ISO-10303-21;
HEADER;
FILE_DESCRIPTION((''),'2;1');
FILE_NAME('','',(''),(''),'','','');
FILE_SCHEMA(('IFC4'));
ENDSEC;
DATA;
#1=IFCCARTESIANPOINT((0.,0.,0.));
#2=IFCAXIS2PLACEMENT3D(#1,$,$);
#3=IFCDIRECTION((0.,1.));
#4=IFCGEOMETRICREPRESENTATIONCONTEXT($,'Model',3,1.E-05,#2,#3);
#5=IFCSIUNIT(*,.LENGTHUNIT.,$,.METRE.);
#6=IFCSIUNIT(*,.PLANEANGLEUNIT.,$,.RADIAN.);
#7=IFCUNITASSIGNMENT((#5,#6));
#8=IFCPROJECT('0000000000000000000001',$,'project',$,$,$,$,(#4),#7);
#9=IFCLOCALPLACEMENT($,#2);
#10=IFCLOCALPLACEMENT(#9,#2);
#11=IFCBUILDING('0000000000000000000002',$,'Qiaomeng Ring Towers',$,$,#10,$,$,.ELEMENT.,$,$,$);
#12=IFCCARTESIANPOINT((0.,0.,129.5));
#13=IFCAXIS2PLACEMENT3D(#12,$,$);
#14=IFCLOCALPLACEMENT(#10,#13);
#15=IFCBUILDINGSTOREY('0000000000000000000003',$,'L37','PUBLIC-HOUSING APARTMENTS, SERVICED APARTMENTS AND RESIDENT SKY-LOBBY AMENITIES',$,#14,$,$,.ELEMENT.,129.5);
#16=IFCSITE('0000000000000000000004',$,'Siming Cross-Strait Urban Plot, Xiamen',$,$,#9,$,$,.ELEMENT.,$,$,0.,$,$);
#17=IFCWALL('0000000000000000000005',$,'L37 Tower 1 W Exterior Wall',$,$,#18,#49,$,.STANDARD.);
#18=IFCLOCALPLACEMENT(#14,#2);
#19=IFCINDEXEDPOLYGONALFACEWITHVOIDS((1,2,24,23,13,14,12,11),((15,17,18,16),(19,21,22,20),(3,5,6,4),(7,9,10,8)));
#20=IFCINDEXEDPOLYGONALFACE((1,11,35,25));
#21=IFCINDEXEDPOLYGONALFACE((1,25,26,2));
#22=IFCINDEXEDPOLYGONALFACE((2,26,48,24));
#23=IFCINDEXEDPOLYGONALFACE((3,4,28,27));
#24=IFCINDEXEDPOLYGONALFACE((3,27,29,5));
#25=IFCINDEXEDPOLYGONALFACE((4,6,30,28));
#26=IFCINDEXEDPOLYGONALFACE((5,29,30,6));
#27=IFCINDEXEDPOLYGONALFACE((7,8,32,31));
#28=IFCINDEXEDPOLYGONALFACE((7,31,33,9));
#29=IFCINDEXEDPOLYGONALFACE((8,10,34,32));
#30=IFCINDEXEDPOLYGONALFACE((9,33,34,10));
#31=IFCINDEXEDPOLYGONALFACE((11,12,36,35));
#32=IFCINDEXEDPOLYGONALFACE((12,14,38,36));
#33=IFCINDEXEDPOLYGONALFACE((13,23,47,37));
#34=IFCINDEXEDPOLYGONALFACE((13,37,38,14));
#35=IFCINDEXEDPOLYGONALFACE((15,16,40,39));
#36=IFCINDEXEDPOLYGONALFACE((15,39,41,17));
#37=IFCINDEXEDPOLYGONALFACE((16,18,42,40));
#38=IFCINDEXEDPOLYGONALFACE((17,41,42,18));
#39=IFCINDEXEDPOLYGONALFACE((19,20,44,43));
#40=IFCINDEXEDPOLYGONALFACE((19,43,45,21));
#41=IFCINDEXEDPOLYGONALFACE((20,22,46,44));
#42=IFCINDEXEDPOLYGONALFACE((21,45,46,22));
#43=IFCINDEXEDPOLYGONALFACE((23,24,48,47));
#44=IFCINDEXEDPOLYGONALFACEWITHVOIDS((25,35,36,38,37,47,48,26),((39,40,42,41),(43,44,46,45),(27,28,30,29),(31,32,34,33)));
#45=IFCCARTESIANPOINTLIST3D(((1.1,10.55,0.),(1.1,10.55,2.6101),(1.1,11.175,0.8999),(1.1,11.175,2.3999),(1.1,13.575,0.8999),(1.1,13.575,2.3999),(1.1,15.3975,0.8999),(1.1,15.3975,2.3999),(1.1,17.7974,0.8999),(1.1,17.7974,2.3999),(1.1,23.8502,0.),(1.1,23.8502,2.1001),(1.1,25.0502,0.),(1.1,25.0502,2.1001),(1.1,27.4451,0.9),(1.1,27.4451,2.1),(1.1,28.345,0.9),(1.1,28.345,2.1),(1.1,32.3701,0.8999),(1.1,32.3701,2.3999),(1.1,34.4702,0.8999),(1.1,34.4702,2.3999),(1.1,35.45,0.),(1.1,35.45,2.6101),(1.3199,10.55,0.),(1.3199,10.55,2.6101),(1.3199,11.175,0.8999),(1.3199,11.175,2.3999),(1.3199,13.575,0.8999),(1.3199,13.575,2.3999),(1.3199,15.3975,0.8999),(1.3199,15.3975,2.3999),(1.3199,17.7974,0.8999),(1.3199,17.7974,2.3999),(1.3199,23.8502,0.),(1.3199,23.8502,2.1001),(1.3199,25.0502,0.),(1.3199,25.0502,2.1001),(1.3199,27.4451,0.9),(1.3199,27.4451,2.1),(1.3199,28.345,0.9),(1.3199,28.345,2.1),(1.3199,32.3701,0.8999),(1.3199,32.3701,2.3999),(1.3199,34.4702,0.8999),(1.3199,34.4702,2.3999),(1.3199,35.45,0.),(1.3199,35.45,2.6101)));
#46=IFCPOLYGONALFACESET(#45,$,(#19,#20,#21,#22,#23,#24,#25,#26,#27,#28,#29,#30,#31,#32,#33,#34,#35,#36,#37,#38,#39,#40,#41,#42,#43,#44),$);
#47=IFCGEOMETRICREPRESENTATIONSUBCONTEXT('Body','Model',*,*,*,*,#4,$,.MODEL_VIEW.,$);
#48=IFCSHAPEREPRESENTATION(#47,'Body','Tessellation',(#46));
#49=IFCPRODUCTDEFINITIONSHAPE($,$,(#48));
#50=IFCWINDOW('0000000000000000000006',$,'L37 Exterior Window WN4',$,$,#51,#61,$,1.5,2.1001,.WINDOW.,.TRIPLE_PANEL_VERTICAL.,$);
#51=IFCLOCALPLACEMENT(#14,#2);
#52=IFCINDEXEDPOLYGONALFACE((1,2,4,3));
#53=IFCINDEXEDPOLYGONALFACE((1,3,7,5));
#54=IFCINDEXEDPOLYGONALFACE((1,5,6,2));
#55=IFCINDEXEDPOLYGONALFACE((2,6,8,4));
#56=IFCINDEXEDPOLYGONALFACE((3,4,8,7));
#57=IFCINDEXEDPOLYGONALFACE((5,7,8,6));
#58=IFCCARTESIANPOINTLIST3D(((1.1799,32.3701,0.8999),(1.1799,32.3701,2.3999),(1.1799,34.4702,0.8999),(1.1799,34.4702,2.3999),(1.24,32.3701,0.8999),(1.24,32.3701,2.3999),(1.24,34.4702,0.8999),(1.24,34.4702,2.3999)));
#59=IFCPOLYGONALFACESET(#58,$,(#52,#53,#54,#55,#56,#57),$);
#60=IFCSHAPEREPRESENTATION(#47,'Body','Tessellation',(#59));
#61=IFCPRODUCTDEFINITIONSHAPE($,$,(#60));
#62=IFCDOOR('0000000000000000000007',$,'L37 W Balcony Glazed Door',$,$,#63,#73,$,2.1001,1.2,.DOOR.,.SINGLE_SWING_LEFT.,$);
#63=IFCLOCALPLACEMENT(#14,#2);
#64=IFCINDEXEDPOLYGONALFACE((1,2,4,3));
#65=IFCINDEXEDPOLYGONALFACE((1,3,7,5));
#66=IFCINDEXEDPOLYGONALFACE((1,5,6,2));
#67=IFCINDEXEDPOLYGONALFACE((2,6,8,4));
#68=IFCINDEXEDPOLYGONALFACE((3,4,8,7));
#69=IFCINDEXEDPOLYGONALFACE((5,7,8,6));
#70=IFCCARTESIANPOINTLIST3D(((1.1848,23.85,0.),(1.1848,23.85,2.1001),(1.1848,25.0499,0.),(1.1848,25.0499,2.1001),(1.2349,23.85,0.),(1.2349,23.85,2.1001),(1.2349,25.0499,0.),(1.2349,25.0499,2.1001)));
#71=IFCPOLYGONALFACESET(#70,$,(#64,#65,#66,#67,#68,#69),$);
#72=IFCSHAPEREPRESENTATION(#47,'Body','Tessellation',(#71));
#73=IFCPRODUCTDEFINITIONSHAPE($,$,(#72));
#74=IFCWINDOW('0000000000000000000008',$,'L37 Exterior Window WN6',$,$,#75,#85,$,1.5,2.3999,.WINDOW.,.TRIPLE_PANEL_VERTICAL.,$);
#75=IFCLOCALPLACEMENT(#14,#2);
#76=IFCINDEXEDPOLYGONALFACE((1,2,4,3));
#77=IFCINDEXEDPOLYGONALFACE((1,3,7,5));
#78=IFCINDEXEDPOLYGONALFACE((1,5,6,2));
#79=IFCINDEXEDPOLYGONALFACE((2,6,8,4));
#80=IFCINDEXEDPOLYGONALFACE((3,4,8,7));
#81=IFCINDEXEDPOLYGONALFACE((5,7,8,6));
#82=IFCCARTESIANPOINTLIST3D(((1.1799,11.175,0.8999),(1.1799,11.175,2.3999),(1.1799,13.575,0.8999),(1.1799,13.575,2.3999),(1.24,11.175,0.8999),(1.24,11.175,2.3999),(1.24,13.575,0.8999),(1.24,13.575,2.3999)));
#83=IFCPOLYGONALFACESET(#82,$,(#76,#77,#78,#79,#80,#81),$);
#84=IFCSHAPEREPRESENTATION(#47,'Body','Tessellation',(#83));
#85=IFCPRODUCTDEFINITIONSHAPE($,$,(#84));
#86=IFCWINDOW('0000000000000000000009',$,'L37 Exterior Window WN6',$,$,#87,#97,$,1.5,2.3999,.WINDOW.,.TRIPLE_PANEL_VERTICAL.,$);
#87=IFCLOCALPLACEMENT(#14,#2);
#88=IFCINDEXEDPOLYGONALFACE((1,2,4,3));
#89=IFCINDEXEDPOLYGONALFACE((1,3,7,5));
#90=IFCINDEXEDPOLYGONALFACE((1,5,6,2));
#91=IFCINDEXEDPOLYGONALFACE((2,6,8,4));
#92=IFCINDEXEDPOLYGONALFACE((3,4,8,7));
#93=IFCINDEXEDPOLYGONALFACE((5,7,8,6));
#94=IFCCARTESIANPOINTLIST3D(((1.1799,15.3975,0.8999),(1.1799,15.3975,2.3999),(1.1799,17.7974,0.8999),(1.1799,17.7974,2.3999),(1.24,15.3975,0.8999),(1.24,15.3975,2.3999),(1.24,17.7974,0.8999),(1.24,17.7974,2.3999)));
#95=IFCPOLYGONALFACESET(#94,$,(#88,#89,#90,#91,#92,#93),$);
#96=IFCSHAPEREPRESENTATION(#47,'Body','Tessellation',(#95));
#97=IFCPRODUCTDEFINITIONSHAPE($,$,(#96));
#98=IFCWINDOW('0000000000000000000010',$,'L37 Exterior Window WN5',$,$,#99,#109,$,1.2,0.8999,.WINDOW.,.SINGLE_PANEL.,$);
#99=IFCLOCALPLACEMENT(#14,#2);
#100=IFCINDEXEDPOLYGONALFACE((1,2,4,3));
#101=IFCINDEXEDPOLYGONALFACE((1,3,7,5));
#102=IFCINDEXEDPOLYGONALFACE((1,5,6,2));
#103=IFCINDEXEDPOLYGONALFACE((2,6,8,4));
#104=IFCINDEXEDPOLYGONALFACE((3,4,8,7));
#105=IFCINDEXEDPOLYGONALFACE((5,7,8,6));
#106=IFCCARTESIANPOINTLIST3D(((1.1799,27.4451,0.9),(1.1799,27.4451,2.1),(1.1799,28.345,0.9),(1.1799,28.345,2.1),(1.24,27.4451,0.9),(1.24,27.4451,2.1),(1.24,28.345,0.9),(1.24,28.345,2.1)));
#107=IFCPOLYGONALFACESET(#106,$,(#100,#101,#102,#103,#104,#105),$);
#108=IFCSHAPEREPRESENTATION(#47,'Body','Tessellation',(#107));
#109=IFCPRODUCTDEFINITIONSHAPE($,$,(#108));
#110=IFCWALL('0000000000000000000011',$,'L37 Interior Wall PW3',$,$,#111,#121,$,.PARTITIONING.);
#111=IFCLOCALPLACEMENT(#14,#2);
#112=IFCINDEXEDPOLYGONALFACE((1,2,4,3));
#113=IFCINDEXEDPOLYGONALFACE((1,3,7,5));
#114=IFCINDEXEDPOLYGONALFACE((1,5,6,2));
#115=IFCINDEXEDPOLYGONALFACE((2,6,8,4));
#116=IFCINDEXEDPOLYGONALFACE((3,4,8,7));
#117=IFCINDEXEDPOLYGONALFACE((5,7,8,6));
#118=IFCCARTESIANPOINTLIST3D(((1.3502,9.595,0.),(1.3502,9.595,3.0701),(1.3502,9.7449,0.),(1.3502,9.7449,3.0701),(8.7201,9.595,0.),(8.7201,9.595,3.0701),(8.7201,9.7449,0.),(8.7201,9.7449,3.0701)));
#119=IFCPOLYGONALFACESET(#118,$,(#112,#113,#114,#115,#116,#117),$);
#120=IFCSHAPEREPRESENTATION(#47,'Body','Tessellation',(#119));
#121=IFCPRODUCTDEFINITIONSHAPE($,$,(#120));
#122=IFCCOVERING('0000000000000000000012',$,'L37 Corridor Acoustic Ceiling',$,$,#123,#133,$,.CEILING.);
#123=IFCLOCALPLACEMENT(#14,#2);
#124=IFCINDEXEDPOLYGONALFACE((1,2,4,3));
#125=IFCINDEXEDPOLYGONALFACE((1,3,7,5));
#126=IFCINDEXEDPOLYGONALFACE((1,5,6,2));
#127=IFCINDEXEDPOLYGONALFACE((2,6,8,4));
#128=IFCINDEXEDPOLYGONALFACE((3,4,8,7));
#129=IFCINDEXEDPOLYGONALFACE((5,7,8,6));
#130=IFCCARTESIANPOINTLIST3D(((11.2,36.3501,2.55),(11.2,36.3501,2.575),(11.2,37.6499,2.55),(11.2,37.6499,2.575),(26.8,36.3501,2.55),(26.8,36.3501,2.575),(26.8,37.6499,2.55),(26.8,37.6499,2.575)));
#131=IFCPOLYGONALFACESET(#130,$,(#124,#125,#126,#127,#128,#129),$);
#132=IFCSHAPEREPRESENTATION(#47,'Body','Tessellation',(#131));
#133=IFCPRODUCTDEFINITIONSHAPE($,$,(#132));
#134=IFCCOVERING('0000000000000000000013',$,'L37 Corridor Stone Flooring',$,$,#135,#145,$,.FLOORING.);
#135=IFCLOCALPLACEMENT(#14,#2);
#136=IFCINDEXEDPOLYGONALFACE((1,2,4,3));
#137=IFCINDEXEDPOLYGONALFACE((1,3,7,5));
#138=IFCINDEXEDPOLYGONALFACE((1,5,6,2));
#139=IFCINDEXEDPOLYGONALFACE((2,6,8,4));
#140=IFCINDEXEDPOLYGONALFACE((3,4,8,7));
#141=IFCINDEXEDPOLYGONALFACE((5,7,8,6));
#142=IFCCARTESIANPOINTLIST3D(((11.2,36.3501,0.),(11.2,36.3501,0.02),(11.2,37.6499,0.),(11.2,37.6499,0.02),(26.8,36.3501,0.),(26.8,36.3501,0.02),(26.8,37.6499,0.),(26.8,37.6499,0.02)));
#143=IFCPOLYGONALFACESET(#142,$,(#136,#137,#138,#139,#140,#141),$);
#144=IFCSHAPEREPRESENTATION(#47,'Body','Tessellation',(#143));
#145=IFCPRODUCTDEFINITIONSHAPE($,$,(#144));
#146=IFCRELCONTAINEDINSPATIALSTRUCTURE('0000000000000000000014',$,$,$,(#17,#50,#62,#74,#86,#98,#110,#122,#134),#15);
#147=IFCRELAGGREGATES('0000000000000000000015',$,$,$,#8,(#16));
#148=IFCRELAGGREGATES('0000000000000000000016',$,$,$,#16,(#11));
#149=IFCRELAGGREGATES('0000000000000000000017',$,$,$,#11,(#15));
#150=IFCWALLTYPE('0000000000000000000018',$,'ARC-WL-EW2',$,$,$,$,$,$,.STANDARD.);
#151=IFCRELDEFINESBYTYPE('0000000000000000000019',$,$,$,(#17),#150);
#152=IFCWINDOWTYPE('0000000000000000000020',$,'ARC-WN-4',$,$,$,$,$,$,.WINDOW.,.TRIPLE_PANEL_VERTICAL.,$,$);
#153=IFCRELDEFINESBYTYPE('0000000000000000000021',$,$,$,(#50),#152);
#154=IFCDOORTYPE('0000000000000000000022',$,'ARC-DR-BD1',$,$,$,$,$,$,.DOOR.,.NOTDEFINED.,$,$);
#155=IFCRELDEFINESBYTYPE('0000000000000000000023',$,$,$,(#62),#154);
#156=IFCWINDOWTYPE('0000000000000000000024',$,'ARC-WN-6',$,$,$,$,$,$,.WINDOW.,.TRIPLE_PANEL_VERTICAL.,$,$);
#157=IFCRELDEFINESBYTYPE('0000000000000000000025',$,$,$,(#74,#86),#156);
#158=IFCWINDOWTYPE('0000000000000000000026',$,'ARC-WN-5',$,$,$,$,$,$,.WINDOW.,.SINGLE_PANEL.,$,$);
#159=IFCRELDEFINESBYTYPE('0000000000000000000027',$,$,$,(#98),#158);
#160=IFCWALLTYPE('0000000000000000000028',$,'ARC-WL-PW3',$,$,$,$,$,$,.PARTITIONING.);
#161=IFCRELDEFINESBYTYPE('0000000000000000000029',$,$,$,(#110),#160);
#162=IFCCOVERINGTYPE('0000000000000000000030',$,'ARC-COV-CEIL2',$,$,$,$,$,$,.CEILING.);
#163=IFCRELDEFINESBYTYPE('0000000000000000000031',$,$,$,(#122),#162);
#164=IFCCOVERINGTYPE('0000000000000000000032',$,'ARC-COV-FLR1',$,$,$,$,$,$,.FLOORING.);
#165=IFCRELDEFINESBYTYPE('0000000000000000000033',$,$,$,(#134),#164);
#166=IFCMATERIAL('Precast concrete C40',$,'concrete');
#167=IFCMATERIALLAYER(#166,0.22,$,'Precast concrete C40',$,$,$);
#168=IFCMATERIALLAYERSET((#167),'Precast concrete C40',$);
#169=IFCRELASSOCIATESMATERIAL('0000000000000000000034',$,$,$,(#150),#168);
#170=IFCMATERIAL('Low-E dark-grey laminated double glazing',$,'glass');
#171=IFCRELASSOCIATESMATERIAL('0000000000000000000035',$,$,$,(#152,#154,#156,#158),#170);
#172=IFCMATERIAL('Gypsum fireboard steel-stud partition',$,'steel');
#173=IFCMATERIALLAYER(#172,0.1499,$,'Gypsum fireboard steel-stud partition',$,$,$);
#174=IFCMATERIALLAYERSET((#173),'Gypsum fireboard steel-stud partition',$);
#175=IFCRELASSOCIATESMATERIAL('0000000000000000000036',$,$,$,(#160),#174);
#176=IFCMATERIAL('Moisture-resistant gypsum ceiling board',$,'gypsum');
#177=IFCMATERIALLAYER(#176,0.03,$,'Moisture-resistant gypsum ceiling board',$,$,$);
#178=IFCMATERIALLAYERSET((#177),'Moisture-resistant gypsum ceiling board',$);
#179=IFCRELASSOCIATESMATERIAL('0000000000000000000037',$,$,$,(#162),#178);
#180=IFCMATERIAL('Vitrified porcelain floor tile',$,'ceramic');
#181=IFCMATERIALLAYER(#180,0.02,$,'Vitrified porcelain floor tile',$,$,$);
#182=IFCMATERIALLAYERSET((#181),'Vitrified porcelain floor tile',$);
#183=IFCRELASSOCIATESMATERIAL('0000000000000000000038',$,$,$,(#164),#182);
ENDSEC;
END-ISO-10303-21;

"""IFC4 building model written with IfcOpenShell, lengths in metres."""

from ifc_helpers import new_model, si_unit, direction, frame, frame_2d, origin, place, context, subcontext, project, spatial, polyline, rectangle, outline, extrude, source, transform, mapped, material, layer, layer_set, type_object, element, fill, save


model = new_model("IFC4")

# Units and contexts
model_context = context("Model", 3, precision=1e-05, world=origin(), true_north=direction((0.0, 1.0)))
body_context = subcontext(model_context, "Body", "Model", "MODEL_VIEW")
ifc_project = project(units=[si_unit("LENGTHUNIT", "METRE"), si_unit("PLANEANGLEUNIT", "RADIAN")], contexts=[model_context])

# Site, building, storey
site_placement = place(None, origin())
site = spatial("IfcSite", under=ifc_project, at=site_placement, Name="Siming Cross-Strait Urban Plot, Xiamen", CompositionType="ELEMENT", RefElevation=0.0)
building_placement = place(site_placement, origin())
building = spatial("IfcBuilding", under=site, at=building_placement, Name="Qiaomeng Ring Towers", CompositionType="ELEMENT")
storey_placement = place(building_placement, frame((0.0, 0.0, 129.5)))
storey = spatial("IfcBuildingStorey", under=building, at=storey_placement, Name="L37", Description="PUBLIC-HOUSING APARTMENTS, SERVICED APARTMENTS AND RESIDENT SKY-LOBBY AMENITIES", CompositionType="ELEMENT", Elevation=129.5)

# Shared definitions
ifc_material_1 = material(Name="Precast concrete C40", Category="concrete")

# Wall, openings, windows, door
ifc_layer_1 = layer(ifc_material_1, 0.22, Name="Precast concrete C40")
ifc_layer_set_1 = layer_set([ifc_layer_1], Name="Precast concrete C40")
wall_type_1 = type_object("IfcWallType", Name="ARC-WL-EW2", PredefinedType="STANDARD", material=ifc_layer_set_1)
wall_1_placement = place(storey_placement, frame((1.21, 10.55, 0.0), z_axis=(0.0, 0.0, 1.0), x_axis=(0.0, 1.0, 0.0)))
wall_1 = element("IfcWall", 1, at=wall_1_placement, inside=storey, type_object=wall_type_1, Name="L37 Tower 1 W Exterior Wall", PredefinedType="STANDARD", context=body_context, shape_type="SweptSolid", body=[
    extrude(rectangle(XDim=24.8999, YDim=0.22, at=frame_2d((12.45, 0.0))), origin(), (0.0, 0.0, 1.0), 2.6101),
])
opening_1_placement = place(wall_1_placement, frame((13.3, 0.0, 0.0)))
opening_1 = element("IfcOpeningElement", 2, at=opening_1_placement, cuts=wall_1, PredefinedType="OPENING", context=body_context, shape_type="SweptSolid", body=[
    extrude(rectangle(XDim=1.2, YDim=2.1001, at=frame_2d((0.6001, 1.05))), frame((0.0, 0.1199, 0.0), z_axis=(0.0, -1.0, 0.0), x_axis=(1.0, 0.0, 0.0)), (0.0, 0.0, 1.0), 0.24),
])
opening_2_placement = place(wall_1_placement, frame((0.625, 0.0, 0.8999)))
opening_2 = element("IfcOpeningElement", 3, at=opening_2_placement, cuts=wall_1, PredefinedType="OPENING", context=body_context, shape_type="SweptSolid", body=[
    extrude(rectangle(XDim=2.3999, YDim=1.5, at=frame_2d((1.2, 0.75))), frame((0.0, 0.1199, 0.0), z_axis=(0.0, -1.0, 0.0), x_axis=(1.0, 0.0, 0.0)), (0.0, 0.0, 1.0), 0.24),
])
opening_3_placement = place(wall_1_placement, frame((21.8201, 0.0, 0.8999)))
opening_3 = element("IfcOpeningElement", 4, at=opening_3_placement, cuts=wall_1, PredefinedType="OPENING", context=body_context, shape_type="SweptSolid", body=[
    extrude(rectangle(XDim=2.1001, YDim=1.5, at=frame_2d((1.05, 0.75))), frame((0.0, 0.1199, 0.0), z_axis=(0.0, -1.0, 0.0), x_axis=(1.0, 0.0, 0.0)), (0.0, 0.0, 1.0), 0.24),
])
opening_4_placement = place(wall_1_placement, frame((4.8474, 0.0, 0.8999)))
opening_4 = element("IfcOpeningElement", 5, at=opening_4_placement, cuts=wall_1, PredefinedType="OPENING", context=body_context, shape_type="SweptSolid", body=[
    extrude(rectangle(XDim=2.3999, YDim=1.5, at=frame_2d((1.2, 0.75))), frame((0.0, 0.1199, 0.0), z_axis=(0.0, -1.0, 0.0), x_axis=(1.0, 0.0, 0.0)), (0.0, 0.0, 1.0), 0.24),
])
opening_5_placement = place(wall_1_placement, frame((16.895, 0.0, 0.8999)))
opening_5 = element("IfcOpeningElement", 6, at=opening_5_placement, cuts=wall_1, PredefinedType="OPENING", context=body_context, shape_type="SweptSolid", body=[
    extrude(rectangle(XDim=0.8999, YDim=1.2, at=frame_2d((0.45, 0.6001))), frame((0.0, 0.1199, 0.0), z_axis=(0.0, -1.0, 0.0), x_axis=(1.0, 0.0, 0.0)), (0.0, 0.0, 1.0), 0.24),
])
ifc_material_2 = material(Name="Low-E dark-grey laminated double glazing", Category="glass")
window_type_1 = type_object("IfcWindowType", Name="ARC-WN-4", PartitioningType="TRIPLE_PANEL_VERTICAL", PredefinedType="WINDOW", material=ifc_material_2)
shared_shape_1 = source(origin(), body_context, "Body", "SweptSolid", [
    extrude(rectangle(XDim=2.1001, YDim=1.5, at=frame_2d((1.05, 0.75))), frame((0.0, 0.03, 0.0), z_axis=(0.0, -1.0, 0.0), x_axis=(1.0, 0.0, 0.0)), (0.0, 0.0, 1.0), 0.0601),
])
window_1_placement = place(opening_3_placement, origin())
window_1 = element("IfcWindow", 7, at=window_1_placement, inside=storey, type_object=window_type_1, Name="L37 Exterior Window WN4", OverallHeight=1.5, OverallWidth=2.1001, PartitioningType="TRIPLE_PANEL_VERTICAL", PredefinedType="WINDOW", context=body_context, shape_type="MappedRepresentation", body=[
    mapped(shared_shape_1, transform((0.0, 0.0, 0.0), x_axis=(1.0, 0.0, 0.0), y_axis=(0.0, 1.0, 0.0), z_axis=(0.0, 0.0, 1.0), scale=1.0)),
])
fill(opening_3, window_1)
door_type = type_object("IfcDoorType", Name="ARC-DR-BD1", OperationType="NOTDEFINED", PredefinedType="DOOR", material=ifc_material_2)
shared_shape_2 = source(origin(), body_context, "Body", "SweptSolid", [
    extrude(rectangle(XDim=1.2, YDim=2.1001, at=frame_2d((0.6001, 1.05))), frame((0.0, 0.0249, 0.0), z_axis=(0.0, -1.0, 0.0), x_axis=(1.0, 0.0, 0.0)), (0.0, 0.0, 1.0), 0.05),
])
door_placement = place(opening_1_placement, frame((1.2, 0.0, 0.0), z_axis=(0.0, 0.0, 1.0), x_axis=(-1.0, 0.0, 0.0)))
door = element("IfcDoor", 8, at=door_placement, inside=storey, type_object=door_type, Name="L37 W Balcony Glazed Door", OperationType="SINGLE_SWING_LEFT", OverallHeight=2.1001, OverallWidth=1.2, PredefinedType="DOOR", context=body_context, shape_type="MappedRepresentation", body=[
    mapped(shared_shape_2, transform((0.0, 0.0, 0.0), x_axis=(1.0, 0.0, 0.0), y_axis=(0.0, 1.0, 0.0), z_axis=(0.0, 0.0, 1.0), scale=1.0)),
])
fill(opening_1, door)
window_type_2 = type_object("IfcWindowType", Name="ARC-WN-6", PartitioningType="TRIPLE_PANEL_VERTICAL", PredefinedType="WINDOW", material=ifc_material_2)
shared_shape_3 = source(origin(), body_context, "Body", "SweptSolid", [
    extrude(rectangle(XDim=2.3999, YDim=1.5, at=frame_2d((1.2, 0.75))), frame((0.0, 0.03, 0.0), z_axis=(0.0, -1.0, 0.0), x_axis=(1.0, 0.0, 0.0)), (0.0, 0.0, 1.0), 0.0601),
])
window_2_placement = place(opening_2_placement, origin())
window_2 = element("IfcWindow", 9, at=window_2_placement, inside=storey, type_object=window_type_2, Name="L37 Exterior Window WN6", OverallHeight=1.5, OverallWidth=2.3999, PartitioningType="TRIPLE_PANEL_VERTICAL", PredefinedType="WINDOW", context=body_context, shape_type="MappedRepresentation", body=[
    mapped(shared_shape_3, transform((0.0, 0.0, 0.0), x_axis=(1.0, 0.0, 0.0), y_axis=(0.0, 1.0, 0.0), z_axis=(0.0, 0.0, 1.0), scale=1.0)),
])
fill(opening_2, window_2)
window_3_placement = place(opening_4_placement, origin())
window_3 = element("IfcWindow", 10, at=window_3_placement, inside=storey, type_object=window_type_2, Name="L37 Exterior Window WN6", OverallHeight=1.5, OverallWidth=2.3999, PartitioningType="TRIPLE_PANEL_VERTICAL", PredefinedType="WINDOW", context=body_context, shape_type="MappedRepresentation", body=[
    mapped(shared_shape_3, transform((0.0, 0.0, 0.0), x_axis=(1.0, 0.0, 0.0), y_axis=(0.0, 1.0, 0.0), z_axis=(0.0, 0.0, 1.0), scale=1.0)),
])
fill(opening_4, window_3)
window_type_3 = type_object("IfcWindowType", Name="ARC-WN-5", PartitioningType="SINGLE_PANEL", PredefinedType="WINDOW", material=ifc_material_2)
shared_shape_4 = source(origin(), body_context, "Body", "SweptSolid", [
    extrude(rectangle(XDim=0.8999, YDim=1.2, at=frame_2d((0.45, 0.6001))), frame((0.0, 0.03, 0.0), z_axis=(0.0, -1.0, 0.0), x_axis=(1.0, 0.0, 0.0)), (0.0, 0.0, 1.0), 0.0601),
])
window_4_placement = place(opening_5_placement, origin())
window_4 = element("IfcWindow", 11, at=window_4_placement, inside=storey, type_object=window_type_3, Name="L37 Exterior Window WN5", OverallHeight=1.2, OverallWidth=0.8999, PartitioningType="SINGLE_PANEL", PredefinedType="WINDOW", context=body_context, shape_type="MappedRepresentation", body=[
    mapped(shared_shape_4, transform((0.0, 0.0, 0.0), x_axis=(1.0, 0.0, 0.0), y_axis=(0.0, 1.0, 0.0), z_axis=(0.0, 0.0, 1.0), scale=1.0)),
])
fill(opening_5, window_4)

# Wall
ifc_material_3 = material(Name="Gypsum fireboard steel-stud partition", Category="steel")
ifc_layer_2 = layer(ifc_material_3, 0.1499, Name="Gypsum fireboard steel-stud partition")
ifc_layer_set_2 = layer_set([ifc_layer_2], Name="Gypsum fireboard steel-stud partition")
wall_type_2 = type_object("IfcWallType", Name="ARC-WL-PW3", PredefinedType="PARTITIONING", material=ifc_layer_set_2)
wall_2_placement = place(storey_placement, frame((1.3501, 9.6699, 0.0), z_axis=(0.0, 0.0, 1.0), x_axis=(1.0, 0.0, 0.0)))
element("IfcWall", 12, at=wall_2_placement, inside=storey, type_object=wall_type_2, Name="L37 Interior Wall PW3", PredefinedType="PARTITIONING", context=body_context, shape_type="SweptSolid", body=[
    extrude(rectangle(XDim=7.3699, YDim=0.1499, at=frame_2d((3.6851, 0.0))), origin(), (0.0, 0.0, 1.0), 3.0701),
])

# Coverings
ifc_material_4 = material(Name="Moisture-resistant gypsum ceiling board", Category="gypsum")
ifc_layer_3 = layer(ifc_material_4, 0.03, Name="Moisture-resistant gypsum ceiling board")
ifc_layer_set_3 = layer_set([ifc_layer_3], Name="Moisture-resistant gypsum ceiling board")
covering_type_1 = type_object("IfcCoveringType", Name="ARC-COV-CEIL2", PredefinedType="CEILING", material=ifc_layer_set_3)
covering_1_placement = place(storey_placement, frame((0.0, 0.0, 2.55)))
element("IfcCovering", 13, at=covering_1_placement, inside=storey, type_object=covering_type_1, Name="L37 Corridor Acoustic Ceiling", PredefinedType="CEILING", context=body_context, shape_type="SweptSolid", body=[
    extrude(outline(polyline([(11.2, 36.3501), (11.2, 37.6499), (26.8, 37.6499), (26.8, 36.3501), (11.2, 36.3501)])), origin(), (0.0, 0.0, 1.0), 0.0249),
])
ifc_material_5 = material(Name="Vitrified porcelain floor tile", Category="ceramic")
ifc_layer_4 = layer(ifc_material_5, 0.02, Name="Vitrified porcelain floor tile")
ifc_layer_set_4 = layer_set([ifc_layer_4], Name="Vitrified porcelain floor tile")
covering_type_2 = type_object("IfcCoveringType", Name="ARC-COV-FLR1", PredefinedType="FLOORING", material=ifc_layer_set_4)
covering_2_placement = place(storey_placement, origin())
element("IfcCovering", 14, at=covering_2_placement, inside=storey, type_object=covering_type_2, Name="L37 Corridor Stone Flooring", PredefinedType="FLOORING", context=body_context, shape_type="SweptSolid", body=[
    extrude(outline(polyline([(11.2, 36.3501), (11.2, 37.6499), (26.8, 37.6499), (26.8, 36.3501), (11.2, 36.3501)])), origin(), (0.0, 0.0, 1.0), 0.02),
])

save(model, "model.ifc")
